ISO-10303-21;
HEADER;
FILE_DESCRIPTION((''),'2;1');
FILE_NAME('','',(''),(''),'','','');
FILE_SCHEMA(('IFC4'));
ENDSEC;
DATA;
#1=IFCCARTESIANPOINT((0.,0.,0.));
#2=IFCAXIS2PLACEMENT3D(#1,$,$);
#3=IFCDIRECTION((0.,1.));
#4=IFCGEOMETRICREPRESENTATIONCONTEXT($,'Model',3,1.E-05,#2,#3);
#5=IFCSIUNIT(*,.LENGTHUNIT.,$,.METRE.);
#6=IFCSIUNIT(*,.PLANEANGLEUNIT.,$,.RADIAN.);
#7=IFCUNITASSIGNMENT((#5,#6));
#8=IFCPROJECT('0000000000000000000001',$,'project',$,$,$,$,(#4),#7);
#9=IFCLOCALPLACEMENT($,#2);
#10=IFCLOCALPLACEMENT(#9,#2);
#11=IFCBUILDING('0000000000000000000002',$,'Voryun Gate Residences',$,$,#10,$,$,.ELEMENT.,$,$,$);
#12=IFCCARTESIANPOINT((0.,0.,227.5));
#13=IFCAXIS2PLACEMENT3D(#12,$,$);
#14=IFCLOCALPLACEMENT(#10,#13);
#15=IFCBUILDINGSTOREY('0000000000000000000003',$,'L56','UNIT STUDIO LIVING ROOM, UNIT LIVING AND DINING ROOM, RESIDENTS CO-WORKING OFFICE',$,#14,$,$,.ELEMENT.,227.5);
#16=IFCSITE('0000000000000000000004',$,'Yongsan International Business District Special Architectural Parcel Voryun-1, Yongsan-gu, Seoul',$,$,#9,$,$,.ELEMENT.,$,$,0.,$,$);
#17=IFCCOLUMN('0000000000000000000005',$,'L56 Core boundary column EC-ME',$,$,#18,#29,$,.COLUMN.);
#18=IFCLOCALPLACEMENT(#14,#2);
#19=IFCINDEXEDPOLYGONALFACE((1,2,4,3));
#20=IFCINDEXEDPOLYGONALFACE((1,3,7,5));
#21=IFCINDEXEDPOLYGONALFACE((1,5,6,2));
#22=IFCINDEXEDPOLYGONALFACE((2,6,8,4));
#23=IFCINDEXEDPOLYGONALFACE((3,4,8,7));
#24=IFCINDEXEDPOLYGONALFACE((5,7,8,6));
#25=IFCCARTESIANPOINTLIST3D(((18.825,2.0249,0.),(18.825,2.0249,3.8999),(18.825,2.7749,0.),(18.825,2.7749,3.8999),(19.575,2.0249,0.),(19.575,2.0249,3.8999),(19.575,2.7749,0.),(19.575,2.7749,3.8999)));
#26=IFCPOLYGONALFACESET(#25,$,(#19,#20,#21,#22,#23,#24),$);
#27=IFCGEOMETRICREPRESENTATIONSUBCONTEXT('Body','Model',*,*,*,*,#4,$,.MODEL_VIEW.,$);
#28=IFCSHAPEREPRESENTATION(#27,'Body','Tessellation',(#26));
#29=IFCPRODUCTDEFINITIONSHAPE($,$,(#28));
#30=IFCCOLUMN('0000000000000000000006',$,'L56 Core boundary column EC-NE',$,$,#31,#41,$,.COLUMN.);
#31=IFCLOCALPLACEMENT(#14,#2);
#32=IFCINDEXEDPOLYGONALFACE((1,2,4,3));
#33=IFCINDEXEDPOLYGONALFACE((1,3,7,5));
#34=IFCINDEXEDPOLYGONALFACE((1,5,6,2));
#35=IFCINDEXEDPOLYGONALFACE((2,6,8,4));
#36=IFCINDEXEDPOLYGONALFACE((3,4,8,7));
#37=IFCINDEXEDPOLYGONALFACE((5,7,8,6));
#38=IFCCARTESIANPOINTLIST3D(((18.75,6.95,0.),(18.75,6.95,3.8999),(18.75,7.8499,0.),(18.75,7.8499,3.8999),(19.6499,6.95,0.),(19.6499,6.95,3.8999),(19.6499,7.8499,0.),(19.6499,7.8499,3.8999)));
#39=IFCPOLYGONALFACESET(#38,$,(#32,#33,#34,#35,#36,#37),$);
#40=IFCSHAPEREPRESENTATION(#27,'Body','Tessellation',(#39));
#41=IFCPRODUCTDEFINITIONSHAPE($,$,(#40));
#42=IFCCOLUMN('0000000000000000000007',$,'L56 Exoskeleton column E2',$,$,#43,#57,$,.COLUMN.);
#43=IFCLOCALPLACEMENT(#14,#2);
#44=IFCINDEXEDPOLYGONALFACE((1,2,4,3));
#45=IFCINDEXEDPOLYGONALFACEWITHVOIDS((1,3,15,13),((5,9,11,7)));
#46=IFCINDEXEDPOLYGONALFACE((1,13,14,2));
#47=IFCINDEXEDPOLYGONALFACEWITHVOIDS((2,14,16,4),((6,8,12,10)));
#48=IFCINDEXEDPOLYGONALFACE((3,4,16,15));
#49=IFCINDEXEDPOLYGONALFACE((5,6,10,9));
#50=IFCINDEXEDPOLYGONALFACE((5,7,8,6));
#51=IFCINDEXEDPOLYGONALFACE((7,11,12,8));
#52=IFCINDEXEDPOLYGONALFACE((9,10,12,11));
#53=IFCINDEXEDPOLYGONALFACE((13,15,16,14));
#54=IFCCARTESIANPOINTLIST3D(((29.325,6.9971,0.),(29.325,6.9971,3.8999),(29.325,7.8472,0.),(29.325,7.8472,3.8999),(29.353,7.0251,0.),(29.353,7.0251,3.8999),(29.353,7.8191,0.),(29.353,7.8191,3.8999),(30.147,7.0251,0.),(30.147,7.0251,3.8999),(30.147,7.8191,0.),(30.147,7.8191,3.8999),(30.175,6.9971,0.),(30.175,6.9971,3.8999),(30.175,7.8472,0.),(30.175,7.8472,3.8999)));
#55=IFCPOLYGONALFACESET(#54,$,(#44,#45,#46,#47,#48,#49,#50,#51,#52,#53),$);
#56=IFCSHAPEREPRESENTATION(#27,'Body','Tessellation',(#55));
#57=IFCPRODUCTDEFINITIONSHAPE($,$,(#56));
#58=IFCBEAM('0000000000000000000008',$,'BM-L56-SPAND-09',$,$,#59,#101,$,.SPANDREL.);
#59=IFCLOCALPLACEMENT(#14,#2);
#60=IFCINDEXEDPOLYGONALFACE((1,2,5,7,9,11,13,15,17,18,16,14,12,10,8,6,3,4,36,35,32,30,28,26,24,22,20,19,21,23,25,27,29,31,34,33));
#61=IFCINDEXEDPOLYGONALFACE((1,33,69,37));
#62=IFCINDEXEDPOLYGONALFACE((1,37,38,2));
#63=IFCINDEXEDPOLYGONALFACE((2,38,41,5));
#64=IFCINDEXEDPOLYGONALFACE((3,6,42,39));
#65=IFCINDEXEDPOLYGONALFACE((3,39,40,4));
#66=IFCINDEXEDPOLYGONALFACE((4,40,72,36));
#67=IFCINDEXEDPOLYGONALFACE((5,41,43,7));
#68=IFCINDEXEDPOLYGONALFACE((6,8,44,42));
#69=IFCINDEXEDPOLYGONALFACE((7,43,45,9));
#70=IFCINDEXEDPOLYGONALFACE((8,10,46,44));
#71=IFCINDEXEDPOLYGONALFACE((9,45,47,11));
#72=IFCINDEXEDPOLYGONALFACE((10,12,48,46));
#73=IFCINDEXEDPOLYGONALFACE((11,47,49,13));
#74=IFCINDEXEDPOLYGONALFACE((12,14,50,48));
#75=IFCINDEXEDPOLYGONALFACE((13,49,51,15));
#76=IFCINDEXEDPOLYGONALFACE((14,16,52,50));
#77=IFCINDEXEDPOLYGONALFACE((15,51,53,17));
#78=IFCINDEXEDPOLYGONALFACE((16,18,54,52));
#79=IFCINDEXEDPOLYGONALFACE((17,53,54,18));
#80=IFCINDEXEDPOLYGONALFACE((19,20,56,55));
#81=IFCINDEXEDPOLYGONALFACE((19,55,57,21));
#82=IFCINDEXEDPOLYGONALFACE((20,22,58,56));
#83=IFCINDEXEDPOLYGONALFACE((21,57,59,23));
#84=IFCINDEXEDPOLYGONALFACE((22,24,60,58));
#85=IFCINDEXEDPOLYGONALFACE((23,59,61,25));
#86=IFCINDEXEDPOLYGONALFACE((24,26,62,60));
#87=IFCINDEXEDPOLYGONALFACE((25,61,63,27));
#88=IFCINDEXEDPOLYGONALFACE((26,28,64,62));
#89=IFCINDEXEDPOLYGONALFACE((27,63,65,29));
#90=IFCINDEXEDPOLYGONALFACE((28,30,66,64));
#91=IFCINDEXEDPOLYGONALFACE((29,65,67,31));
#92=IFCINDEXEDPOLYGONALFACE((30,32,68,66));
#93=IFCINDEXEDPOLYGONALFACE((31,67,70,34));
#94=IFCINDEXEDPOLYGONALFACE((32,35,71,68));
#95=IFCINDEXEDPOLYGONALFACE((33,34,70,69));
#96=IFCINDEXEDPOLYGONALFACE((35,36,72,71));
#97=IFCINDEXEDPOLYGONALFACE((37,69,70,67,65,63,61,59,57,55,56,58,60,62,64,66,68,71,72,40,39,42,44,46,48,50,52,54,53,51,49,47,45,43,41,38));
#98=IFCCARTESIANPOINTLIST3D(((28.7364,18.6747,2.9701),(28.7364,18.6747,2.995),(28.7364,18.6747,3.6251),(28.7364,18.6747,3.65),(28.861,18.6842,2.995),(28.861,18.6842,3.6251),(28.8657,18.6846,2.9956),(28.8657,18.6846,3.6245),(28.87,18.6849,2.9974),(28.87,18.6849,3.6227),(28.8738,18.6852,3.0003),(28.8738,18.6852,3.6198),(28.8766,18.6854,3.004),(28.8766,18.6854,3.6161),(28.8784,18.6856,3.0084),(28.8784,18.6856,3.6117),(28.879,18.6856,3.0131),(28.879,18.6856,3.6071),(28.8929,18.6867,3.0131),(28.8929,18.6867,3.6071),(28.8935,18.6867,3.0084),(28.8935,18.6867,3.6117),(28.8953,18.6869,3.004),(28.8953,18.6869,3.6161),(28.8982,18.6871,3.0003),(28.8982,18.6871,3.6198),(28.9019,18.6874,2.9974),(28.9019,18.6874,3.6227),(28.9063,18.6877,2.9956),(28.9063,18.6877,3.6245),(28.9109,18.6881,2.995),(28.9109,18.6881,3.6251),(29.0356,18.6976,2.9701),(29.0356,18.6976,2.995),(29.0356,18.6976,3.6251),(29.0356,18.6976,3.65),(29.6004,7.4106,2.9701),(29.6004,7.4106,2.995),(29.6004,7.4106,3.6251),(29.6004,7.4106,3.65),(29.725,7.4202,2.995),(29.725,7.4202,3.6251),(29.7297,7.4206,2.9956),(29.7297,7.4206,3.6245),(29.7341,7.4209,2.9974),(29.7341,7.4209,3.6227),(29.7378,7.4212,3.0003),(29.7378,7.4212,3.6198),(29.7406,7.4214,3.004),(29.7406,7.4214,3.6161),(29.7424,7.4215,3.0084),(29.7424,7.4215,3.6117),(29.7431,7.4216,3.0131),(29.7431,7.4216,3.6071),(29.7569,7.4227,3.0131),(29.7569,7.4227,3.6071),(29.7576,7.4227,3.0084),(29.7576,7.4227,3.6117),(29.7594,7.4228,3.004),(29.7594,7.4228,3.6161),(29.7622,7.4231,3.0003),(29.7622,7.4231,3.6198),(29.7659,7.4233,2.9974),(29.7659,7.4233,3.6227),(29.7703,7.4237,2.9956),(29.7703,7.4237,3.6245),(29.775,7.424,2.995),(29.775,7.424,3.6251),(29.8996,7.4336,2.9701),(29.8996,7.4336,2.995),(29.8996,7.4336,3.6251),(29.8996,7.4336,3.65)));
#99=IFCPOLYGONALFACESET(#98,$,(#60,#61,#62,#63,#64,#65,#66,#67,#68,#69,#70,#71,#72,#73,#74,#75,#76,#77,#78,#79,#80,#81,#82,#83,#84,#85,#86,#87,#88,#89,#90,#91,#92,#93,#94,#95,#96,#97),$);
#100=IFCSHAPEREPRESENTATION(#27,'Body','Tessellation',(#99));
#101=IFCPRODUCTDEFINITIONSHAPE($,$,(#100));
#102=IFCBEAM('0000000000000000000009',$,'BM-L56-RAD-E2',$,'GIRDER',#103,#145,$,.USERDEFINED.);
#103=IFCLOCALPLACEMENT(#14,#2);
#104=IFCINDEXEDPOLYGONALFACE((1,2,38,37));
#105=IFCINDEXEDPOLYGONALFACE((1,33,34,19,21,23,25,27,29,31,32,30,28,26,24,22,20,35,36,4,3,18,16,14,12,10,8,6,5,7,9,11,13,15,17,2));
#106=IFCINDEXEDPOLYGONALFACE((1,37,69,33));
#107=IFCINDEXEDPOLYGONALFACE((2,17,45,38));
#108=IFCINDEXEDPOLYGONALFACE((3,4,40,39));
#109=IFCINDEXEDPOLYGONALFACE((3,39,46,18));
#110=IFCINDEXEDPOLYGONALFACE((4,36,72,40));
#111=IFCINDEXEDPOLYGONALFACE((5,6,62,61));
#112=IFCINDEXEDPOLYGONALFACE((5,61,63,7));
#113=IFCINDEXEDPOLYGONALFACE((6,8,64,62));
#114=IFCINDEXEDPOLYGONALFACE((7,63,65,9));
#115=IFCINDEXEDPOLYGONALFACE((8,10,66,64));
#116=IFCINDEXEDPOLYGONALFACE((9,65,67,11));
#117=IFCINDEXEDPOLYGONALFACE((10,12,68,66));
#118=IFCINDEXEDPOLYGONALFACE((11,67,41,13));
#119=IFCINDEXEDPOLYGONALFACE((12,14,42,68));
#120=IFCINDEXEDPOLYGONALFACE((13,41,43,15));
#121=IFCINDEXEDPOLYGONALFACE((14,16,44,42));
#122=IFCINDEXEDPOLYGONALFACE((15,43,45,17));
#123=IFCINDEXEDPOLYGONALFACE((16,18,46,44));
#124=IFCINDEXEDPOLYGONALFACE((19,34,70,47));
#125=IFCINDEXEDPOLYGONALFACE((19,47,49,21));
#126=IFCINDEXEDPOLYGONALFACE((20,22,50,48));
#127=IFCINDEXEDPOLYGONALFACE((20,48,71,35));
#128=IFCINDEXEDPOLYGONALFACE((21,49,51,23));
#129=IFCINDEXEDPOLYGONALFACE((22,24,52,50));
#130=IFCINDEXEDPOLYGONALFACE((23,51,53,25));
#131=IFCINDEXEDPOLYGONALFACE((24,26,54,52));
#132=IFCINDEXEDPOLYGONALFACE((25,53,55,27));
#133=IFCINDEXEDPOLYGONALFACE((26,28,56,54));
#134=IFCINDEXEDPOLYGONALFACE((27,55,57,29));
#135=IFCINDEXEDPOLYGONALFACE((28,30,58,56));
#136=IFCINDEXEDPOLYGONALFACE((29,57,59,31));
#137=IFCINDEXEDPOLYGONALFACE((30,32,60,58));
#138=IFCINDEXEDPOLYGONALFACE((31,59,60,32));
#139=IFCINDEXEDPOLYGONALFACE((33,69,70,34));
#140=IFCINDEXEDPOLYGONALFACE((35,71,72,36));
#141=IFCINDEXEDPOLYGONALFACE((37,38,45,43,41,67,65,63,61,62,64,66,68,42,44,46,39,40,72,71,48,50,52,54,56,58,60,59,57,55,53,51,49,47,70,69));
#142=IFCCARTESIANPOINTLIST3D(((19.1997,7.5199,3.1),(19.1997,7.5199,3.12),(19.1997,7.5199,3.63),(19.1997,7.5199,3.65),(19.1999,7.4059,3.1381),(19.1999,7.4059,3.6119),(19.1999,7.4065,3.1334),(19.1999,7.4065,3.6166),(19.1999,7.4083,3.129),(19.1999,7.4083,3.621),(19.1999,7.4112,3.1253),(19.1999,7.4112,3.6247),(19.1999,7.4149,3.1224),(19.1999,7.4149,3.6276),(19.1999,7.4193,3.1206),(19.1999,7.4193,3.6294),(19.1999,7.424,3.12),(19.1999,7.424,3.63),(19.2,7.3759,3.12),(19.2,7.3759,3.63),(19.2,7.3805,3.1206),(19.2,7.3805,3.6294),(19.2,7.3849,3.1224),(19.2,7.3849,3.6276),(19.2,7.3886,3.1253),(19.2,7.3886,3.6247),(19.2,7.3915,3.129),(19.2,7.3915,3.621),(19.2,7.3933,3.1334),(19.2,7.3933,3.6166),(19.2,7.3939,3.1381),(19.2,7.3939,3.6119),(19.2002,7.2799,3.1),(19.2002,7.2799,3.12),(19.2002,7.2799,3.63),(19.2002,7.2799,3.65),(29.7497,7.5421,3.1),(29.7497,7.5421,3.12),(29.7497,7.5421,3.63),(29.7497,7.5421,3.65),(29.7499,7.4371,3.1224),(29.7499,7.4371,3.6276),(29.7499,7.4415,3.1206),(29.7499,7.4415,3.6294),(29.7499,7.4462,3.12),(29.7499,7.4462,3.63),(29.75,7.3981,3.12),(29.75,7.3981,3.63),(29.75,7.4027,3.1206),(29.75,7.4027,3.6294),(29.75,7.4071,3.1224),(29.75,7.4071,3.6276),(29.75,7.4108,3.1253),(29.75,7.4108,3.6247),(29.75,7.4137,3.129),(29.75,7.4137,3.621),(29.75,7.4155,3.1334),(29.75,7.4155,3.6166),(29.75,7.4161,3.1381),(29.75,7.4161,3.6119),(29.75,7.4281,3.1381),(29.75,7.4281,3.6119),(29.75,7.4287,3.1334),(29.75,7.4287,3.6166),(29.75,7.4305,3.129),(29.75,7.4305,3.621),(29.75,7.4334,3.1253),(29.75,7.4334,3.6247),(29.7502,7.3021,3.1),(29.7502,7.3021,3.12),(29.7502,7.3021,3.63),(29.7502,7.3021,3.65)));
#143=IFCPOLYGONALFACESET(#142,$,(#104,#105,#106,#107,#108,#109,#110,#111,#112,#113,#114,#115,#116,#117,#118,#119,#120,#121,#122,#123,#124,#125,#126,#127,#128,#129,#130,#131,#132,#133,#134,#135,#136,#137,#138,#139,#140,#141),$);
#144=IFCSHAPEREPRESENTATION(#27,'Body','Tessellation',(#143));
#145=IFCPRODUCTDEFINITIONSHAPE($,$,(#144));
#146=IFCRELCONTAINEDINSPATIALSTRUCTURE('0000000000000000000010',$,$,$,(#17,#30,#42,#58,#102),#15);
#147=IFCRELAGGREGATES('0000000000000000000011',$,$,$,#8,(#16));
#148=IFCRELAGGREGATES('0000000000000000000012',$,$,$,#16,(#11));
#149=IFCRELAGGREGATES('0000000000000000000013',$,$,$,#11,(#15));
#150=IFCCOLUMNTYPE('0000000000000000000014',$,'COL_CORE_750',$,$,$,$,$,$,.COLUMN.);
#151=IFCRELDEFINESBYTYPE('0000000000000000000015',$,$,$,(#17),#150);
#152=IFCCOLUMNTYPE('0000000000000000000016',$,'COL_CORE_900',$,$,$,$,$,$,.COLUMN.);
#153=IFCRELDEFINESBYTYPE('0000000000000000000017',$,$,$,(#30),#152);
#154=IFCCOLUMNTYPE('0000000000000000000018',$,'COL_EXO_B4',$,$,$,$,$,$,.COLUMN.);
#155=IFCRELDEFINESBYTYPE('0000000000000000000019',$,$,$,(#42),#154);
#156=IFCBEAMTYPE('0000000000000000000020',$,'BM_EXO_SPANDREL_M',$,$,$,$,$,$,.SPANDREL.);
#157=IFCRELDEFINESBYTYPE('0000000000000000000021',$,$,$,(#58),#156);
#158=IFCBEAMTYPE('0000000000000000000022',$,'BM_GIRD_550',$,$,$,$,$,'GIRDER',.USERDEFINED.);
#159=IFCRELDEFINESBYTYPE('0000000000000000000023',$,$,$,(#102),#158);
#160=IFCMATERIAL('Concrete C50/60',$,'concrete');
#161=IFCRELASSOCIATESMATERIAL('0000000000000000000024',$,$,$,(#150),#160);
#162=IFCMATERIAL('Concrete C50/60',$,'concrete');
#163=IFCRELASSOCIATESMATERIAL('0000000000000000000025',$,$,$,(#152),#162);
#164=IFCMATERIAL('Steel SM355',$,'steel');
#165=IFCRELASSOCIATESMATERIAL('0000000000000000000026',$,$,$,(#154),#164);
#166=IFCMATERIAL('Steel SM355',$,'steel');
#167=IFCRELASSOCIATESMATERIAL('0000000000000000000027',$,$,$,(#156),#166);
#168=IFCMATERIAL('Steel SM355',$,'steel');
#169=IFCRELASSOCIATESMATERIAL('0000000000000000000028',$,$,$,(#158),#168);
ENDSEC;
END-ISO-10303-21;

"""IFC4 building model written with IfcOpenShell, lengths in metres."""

from ifc_helpers import new_model, si_unit, direction, frame, origin, origin_2d, place, context, subcontext, project, spatial, rectangle, hollow_rectangle, i_section, extrude, material, material_profile, profile_set, type_object, element, save


model = new_model("IFC4")

# Units and contexts
model_context = context("Model", 3, precision=1e-05, world=origin(), true_north=direction((0.0, 1.0)))
body_context = subcontext(model_context, "Body", "Model", "MODEL_VIEW")
ifc_project = project(units=[si_unit("LENGTHUNIT", "METRE"), si_unit("PLANEANGLEUNIT", "RADIAN")], contexts=[model_context])

# Site, building, storey
site_placement = place(None, origin())
site = spatial("IfcSite", under=ifc_project, at=site_placement, Name="Yongsan International Business District Special Architectural Parcel Voryun-1, Yongsan-gu, Seoul", CompositionType="ELEMENT", RefElevation=0.0)
building_placement = place(site_placement, origin())
building = spatial("IfcBuilding", under=site, at=building_placement, Name="Voryun Gate Residences", CompositionType="ELEMENT")
storey_placement = place(building_placement, frame((0.0, 0.0, 227.5)))
storey = spatial("IfcBuildingStorey", under=building, at=storey_placement, Name="L56", Description="UNIT STUDIO LIVING ROOM, UNIT LIVING AND DINING ROOM, RESIDENTS CO-WORKING OFFICE", CompositionType="ELEMENT", Elevation=227.5)

# Columns
ifc_material_1 = material(Name="Concrete C50/60", Category="concrete")
ifc_material_profile_1 = material_profile(ifc_material_1, rectangle(XDim=0.75, YDim=0.75, at=origin_2d()), Name="RC-750x750")
ifc_profile_set_1 = profile_set([ifc_material_profile_1], Name="Concrete C50/60")
column_type_1 = type_object("IfcColumnType", Name="COL_CORE_750", PredefinedType="COLUMN", material=ifc_profile_set_1)
column_1_placement = place(storey_placement, frame((19.2, 2.3999, 0.0), z_axis=(0.0, 0.0, 1.0), x_axis=(1.0, 0.0, 0.0)))
element("IfcColumn", 1, at=column_1_placement, inside=storey, type_object=column_type_1, Name="L56 Core boundary column EC-ME", PredefinedType="COLUMN", context=body_context, shape_type="SweptSolid", body=[
    extrude(rectangle(XDim=0.75, YDim=0.75, at=origin_2d()), origin(), (0.0, 0.0, 1.0), 3.8999),
])
ifc_material_2 = material(Name="Concrete C50/60", Category="concrete")
ifc_material_profile_2 = material_profile(ifc_material_2, rectangle(XDim=0.8999, YDim=0.8999, at=origin_2d()), Name="RC-900x900")
ifc_profile_set_2 = profile_set([ifc_material_profile_2], Name="Concrete C50/60")
column_type_2 = type_object("IfcColumnType", Name="COL_CORE_900", PredefinedType="COLUMN", material=ifc_profile_set_2)
column_2_placement = place(storey_placement, frame((19.2, 7.3999, 0.0), z_axis=(0.0, 0.0, 1.0), x_axis=(1.0, 0.0, 0.0)))
element("IfcColumn", 2, at=column_2_placement, inside=storey, type_object=column_type_2, Name="L56 Core boundary column EC-NE", PredefinedType="COLUMN", context=body_context, shape_type="SweptSolid", body=[
    extrude(rectangle(XDim=0.8999, YDim=0.8999, at=origin_2d()), origin(), (0.0, 0.0, 1.0), 3.8999),
])
ifc_material_3 = material(Name="Steel SM355", Category="steel")
ifc_material_profile_3 = material_profile(ifc_material_3, hollow_rectangle(XDim=0.8501, YDim=0.8501, WallThickness=0.0281, at=origin_2d()), Name="BOX-850x850x28")
ifc_profile_set_3 = profile_set([ifc_material_profile_3], Name="Steel SM355")
column_type_3 = type_object("IfcColumnType", Name="COL_EXO_B4", PredefinedType="COLUMN", material=ifc_profile_set_3)
column_3_placement = place(storey_placement, frame((29.75, 7.4221, 0.0), z_axis=(0.0, 0.0, 1.0), x_axis=(1.0, 0.0, 0.0)))
element("IfcColumn", 3, at=column_3_placement, inside=storey, type_object=column_type_3, Name="L56 Exoskeleton column E2", PredefinedType="COLUMN", context=body_context, shape_type="SweptSolid", body=[
    extrude(hollow_rectangle(XDim=0.8501, YDim=0.8501, WallThickness=0.0281, at=origin_2d()), origin(), (0.0, 0.0, 1.0), 3.8999),
])

# Beams
ifc_material_4 = material(Name="Steel SM355", Category="steel")
ifc_material_profile_4 = material_profile(ifc_material_4, i_section(OverallWidth=0.3, OverallDepth=0.6799, WebThickness=0.0139, FlangeThickness=0.0249, FilletRadius=0.0181, at=origin_2d()), Name="H-680x300x14x25")
ifc_profile_set_4 = profile_set([ifc_material_profile_4], Name="Steel SM355")
beam_type_1 = type_object("IfcBeamType", Name="BM_EXO_SPANDREL_M", PredefinedType="SPANDREL", material=ifc_profile_set_4)
beam_1_placement = place(storey_placement, frame((29.75, 7.4221, 3.3101), z_axis=(-0.076482, 0.997071, 0.0), x_axis=(-0.997071, -0.076482, 0.0)))
element("IfcBeam", 4, at=beam_1_placement, inside=storey, type_object=beam_type_1, Name="BM-L56-SPAND-09", PredefinedType="SPANDREL", context=body_context, shape_type="SweptSolid", body=[
    extrude(i_section(OverallWidth=0.3, OverallDepth=0.6799, WebThickness=0.0139, FlangeThickness=0.0249, FilletRadius=0.0181, at=origin_2d()), origin(), (0.0, 0.0, 1.0), 11.2971),
])
ifc_material_5 = material(Name="Steel SM355", Category="steel")
ifc_material_profile_5 = material_profile(ifc_material_5, i_section(OverallWidth=0.24, OverallDepth=0.55, WebThickness=0.012, FlangeThickness=0.02, FilletRadius=0.0181, at=origin_2d()), Name="H-550x240x12x20")
ifc_profile_set_5 = profile_set([ifc_material_profile_5], Name="Steel SM355")
beam_type_2 = type_object("IfcBeamType", Name="BM_GIRD_550", ElementType="GIRDER", PredefinedType="USERDEFINED", material=ifc_profile_set_5)
beam_2_placement = place(storey_placement, frame((19.2, 7.3999, 3.375), z_axis=(0.999998, 0.002106, 0.0), x_axis=(-0.002106, 0.999998, 0.0)))
element("IfcBeam", 5, at=beam_2_placement, inside=storey, type_object=beam_type_2, Name="BM-L56-RAD-E2", ObjectType="GIRDER", PredefinedType="USERDEFINED", context=body_context, shape_type="SweptSolid", body=[
    extrude(i_section(OverallWidth=0.24, OverallDepth=0.55, WebThickness=0.012, FlangeThickness=0.02, FilletRadius=0.0181, at=origin_2d()), origin(), (0.0, 0.0, 1.0), 10.55),
])

save(model, "model.ifc")
